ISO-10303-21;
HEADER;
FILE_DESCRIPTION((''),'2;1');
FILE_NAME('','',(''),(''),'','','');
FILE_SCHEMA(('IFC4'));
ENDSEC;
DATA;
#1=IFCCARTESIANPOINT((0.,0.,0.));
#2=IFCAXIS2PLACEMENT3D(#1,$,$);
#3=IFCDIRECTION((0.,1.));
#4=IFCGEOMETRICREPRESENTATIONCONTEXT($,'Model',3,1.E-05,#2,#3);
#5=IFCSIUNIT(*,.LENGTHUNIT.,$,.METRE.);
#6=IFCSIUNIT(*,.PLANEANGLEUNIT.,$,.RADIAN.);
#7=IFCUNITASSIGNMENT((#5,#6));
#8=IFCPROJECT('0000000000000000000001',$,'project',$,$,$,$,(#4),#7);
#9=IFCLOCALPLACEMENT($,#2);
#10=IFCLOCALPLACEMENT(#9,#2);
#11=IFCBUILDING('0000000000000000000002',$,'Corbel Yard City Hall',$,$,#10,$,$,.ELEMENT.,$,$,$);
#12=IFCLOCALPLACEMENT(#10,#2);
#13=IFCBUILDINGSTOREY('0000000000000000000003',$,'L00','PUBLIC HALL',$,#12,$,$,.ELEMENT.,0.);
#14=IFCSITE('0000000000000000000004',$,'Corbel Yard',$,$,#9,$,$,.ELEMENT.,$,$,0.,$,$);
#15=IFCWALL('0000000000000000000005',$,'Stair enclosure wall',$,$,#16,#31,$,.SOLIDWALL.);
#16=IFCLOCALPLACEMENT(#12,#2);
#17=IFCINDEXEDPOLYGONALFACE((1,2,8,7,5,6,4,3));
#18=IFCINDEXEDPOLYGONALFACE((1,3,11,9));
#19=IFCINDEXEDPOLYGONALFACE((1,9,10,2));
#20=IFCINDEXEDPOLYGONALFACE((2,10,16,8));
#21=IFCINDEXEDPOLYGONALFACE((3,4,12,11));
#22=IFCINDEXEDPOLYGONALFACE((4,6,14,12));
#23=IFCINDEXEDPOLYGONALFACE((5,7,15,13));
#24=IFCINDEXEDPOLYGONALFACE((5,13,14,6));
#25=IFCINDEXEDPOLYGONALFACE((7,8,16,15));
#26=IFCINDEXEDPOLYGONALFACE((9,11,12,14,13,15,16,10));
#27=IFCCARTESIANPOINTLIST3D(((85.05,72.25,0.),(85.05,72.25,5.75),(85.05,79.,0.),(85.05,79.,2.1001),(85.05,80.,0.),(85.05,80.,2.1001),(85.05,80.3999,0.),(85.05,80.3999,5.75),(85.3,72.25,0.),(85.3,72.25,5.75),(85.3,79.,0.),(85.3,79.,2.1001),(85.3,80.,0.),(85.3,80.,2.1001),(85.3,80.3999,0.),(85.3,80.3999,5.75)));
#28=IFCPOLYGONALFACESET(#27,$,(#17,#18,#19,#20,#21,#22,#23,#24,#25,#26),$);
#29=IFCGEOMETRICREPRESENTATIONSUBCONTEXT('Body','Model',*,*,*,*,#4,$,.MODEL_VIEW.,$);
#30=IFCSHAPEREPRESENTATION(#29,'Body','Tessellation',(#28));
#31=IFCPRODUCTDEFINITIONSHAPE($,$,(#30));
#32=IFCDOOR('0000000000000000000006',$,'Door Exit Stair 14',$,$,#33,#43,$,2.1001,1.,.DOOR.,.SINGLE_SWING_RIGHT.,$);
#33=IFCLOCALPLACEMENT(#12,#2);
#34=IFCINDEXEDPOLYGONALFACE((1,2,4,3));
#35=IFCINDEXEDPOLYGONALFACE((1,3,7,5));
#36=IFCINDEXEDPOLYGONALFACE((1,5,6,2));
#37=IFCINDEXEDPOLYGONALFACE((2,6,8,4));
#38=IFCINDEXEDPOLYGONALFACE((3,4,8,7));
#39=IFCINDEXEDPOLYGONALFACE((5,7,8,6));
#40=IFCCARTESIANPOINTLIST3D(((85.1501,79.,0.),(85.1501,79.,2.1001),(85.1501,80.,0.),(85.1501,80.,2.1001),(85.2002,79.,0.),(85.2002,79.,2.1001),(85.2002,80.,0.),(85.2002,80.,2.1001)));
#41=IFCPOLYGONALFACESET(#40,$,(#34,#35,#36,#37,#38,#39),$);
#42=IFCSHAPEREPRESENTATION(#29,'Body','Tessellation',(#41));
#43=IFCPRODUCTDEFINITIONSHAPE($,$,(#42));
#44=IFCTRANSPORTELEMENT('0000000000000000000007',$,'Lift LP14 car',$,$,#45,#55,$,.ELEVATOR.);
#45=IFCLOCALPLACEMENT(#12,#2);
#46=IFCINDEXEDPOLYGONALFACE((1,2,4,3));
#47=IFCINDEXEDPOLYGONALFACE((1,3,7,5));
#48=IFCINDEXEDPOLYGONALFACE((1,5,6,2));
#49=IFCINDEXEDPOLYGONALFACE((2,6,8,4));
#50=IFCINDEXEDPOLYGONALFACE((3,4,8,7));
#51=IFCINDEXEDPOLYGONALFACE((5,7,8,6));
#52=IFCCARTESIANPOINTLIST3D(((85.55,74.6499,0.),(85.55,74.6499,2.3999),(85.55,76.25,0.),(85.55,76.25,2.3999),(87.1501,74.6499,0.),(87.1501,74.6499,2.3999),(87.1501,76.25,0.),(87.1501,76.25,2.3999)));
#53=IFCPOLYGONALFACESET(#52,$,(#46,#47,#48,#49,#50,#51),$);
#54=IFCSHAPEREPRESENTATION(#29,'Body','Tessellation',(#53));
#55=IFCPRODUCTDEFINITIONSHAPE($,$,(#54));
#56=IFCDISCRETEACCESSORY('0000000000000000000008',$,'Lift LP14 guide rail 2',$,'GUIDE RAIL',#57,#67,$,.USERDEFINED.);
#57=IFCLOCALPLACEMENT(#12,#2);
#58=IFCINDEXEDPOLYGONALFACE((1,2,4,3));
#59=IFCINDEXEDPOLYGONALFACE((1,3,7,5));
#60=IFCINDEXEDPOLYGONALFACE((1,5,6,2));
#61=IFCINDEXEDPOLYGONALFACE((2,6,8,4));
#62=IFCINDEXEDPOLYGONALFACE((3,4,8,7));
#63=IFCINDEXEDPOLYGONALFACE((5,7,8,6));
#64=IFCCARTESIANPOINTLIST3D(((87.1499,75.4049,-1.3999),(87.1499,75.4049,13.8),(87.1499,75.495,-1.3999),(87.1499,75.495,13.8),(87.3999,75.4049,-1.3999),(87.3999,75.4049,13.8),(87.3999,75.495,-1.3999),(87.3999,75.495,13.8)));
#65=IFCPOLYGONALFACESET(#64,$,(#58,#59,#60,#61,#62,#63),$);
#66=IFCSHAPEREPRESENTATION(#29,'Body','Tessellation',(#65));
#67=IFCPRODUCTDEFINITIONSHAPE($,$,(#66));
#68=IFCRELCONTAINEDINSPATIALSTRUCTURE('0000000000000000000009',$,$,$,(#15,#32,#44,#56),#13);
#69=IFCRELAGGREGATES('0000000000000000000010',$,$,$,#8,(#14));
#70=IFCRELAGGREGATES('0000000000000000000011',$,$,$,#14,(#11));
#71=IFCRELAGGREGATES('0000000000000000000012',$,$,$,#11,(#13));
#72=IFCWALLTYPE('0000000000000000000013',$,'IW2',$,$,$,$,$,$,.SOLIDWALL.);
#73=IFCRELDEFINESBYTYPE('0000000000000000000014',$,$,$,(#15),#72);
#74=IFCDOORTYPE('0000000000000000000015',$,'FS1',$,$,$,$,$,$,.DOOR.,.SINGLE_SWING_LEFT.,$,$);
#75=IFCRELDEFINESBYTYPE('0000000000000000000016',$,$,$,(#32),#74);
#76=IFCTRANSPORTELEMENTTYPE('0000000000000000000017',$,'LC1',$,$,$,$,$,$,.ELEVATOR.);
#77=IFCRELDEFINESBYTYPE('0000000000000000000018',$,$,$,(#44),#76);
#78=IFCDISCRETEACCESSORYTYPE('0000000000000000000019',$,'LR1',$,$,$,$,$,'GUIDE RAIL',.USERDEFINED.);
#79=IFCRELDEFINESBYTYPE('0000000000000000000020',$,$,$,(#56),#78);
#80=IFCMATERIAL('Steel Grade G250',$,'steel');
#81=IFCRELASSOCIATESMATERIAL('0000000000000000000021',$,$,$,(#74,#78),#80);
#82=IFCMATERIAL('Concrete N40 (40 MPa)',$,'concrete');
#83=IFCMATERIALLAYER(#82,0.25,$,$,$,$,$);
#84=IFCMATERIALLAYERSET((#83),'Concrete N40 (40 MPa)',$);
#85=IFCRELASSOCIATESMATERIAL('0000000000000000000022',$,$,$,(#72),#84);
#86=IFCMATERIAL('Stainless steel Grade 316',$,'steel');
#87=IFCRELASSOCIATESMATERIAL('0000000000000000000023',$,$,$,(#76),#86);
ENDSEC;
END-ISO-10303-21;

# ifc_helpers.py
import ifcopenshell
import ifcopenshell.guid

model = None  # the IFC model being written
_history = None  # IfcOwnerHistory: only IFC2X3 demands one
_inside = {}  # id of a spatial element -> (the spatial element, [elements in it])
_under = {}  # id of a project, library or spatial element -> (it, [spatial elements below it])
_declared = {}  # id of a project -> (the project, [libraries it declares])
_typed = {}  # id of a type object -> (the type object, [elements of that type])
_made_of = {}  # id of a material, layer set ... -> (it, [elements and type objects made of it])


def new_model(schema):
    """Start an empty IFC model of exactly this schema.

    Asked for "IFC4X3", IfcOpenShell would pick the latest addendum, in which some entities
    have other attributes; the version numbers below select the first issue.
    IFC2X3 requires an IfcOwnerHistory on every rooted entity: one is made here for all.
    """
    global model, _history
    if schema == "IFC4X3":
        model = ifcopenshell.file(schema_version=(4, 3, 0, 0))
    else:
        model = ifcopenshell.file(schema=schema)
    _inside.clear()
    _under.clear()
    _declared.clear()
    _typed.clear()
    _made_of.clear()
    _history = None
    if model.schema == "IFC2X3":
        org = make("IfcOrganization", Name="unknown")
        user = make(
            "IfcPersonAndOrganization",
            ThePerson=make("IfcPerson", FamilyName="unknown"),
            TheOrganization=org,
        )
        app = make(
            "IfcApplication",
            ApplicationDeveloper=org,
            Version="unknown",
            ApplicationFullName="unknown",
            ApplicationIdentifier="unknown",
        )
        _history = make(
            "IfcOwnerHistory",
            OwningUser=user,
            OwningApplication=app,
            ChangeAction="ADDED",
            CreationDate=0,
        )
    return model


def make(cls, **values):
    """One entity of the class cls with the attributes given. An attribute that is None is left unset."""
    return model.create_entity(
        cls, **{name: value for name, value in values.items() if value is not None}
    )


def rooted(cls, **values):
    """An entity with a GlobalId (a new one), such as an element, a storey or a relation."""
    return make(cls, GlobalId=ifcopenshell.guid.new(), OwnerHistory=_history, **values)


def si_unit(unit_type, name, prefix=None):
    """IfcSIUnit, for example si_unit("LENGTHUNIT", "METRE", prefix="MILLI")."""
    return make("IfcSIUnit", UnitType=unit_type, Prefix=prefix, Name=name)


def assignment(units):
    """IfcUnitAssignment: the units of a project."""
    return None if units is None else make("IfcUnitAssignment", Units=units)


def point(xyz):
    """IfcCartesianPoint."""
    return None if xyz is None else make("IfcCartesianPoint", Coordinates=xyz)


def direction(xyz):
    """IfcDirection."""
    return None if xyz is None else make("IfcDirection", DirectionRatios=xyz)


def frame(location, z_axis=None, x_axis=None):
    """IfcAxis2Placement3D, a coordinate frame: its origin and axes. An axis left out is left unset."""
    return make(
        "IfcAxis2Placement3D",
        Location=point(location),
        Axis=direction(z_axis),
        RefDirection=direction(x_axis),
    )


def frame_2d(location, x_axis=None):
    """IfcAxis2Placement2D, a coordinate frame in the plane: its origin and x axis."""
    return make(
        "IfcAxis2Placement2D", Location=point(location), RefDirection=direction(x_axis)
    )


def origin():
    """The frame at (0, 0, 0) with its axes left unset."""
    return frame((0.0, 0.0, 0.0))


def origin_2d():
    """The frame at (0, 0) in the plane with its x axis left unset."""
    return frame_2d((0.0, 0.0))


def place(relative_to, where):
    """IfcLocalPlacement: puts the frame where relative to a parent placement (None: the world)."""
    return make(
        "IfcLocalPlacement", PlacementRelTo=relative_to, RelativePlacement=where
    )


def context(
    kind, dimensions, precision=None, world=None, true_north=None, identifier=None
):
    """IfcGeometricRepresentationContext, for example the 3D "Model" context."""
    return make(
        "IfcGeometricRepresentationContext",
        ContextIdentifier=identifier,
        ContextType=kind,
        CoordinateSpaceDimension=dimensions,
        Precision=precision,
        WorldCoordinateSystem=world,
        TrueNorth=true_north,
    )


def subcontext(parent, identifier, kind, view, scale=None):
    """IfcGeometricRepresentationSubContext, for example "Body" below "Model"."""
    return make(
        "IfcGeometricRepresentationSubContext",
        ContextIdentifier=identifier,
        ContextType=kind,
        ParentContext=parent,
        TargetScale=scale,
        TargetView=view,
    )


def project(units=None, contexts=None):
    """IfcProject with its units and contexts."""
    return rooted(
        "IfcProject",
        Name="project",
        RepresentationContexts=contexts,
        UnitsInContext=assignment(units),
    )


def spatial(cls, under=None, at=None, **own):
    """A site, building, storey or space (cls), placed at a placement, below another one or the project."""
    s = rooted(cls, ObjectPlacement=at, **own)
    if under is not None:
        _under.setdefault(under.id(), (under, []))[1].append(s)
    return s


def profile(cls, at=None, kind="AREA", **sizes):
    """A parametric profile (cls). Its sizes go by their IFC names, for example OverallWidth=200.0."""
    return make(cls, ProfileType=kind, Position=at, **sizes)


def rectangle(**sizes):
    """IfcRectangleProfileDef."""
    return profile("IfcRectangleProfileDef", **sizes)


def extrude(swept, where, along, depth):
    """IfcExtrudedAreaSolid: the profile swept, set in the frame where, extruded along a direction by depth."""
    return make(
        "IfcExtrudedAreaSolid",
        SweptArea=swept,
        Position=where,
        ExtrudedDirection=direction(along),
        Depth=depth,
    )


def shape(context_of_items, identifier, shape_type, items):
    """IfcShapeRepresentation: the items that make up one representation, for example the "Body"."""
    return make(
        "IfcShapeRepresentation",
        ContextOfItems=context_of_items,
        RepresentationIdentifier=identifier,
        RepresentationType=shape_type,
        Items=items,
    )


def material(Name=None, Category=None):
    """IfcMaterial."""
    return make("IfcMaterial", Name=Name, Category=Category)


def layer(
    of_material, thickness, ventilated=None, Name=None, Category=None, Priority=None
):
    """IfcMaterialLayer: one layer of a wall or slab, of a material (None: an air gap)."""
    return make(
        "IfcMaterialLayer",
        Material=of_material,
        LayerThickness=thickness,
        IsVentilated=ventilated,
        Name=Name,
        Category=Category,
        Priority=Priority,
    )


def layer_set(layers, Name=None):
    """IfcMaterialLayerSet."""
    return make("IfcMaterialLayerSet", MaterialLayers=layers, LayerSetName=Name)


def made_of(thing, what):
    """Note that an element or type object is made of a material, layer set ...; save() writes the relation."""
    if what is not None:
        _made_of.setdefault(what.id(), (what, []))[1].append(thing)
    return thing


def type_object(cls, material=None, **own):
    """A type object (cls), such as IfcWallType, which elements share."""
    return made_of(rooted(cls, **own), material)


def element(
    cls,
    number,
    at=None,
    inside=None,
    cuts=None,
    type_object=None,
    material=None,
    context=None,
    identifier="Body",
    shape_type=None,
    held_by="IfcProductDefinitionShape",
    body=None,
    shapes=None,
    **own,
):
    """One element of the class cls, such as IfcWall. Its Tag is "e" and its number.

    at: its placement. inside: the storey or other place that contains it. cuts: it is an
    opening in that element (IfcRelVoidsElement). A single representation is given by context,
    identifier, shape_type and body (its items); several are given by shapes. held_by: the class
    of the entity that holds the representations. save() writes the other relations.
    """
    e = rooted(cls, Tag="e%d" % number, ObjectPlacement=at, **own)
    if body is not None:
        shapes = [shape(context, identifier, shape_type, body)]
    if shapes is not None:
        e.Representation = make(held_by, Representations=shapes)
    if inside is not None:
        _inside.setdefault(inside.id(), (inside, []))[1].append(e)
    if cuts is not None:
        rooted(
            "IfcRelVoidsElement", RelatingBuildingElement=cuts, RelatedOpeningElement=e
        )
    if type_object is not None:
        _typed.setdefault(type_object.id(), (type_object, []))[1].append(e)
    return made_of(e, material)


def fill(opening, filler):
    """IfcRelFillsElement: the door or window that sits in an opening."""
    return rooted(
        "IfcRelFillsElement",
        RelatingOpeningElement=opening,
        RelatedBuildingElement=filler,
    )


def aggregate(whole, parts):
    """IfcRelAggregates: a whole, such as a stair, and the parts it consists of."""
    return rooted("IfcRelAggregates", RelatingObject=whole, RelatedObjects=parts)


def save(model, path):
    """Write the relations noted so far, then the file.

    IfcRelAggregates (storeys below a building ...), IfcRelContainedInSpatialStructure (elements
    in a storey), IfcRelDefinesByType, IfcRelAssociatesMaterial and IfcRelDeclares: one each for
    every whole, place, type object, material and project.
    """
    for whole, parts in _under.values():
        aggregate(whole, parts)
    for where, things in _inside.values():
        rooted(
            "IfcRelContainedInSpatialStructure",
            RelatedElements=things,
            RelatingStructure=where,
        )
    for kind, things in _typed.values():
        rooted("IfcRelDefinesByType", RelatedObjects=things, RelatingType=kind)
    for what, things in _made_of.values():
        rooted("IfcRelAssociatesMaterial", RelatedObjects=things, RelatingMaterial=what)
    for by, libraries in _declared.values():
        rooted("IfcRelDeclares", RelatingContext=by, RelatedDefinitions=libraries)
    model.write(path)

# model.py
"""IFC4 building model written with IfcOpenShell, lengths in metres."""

from ifc_helpers import new_model, si_unit, direction, frame, frame_2d, origin, origin_2d, place, context, subcontext, project, spatial, rectangle, extrude, material, layer, layer_set, type_object, element, fill, save


model = new_model("IFC4")

# Units and contexts
model_context = context("Model", 3, precision=1e-05, world=origin(), true_north=direction((0.0, 1.0)))
body_context = subcontext(model_context, "Body", "Model", "MODEL_VIEW")
ifc_project = project(units=[si_unit("LENGTHUNIT", "METRE"), si_unit("PLANEANGLEUNIT", "RADIAN")], contexts=[model_context])

# Site, building, storey
site_placement = place(None, origin())
site = spatial("IfcSite", under=ifc_project, at=site_placement, Name="Corbel Yard", CompositionType="ELEMENT", RefElevation=0.0)
building_placement = place(site_placement, origin())
building = spatial("IfcBuilding", under=site, at=building_placement, Name="Corbel Yard City Hall", CompositionType="ELEMENT")
storey_placement = place(building_placement, origin())
storey = spatial("IfcBuildingStorey", under=building, at=storey_placement, Name="L00", Description="PUBLIC HALL", CompositionType="ELEMENT", Elevation=0.0)

# Shared definitions
ifc_material_1 = material(Name="Concrete N40 (40 MPa)", Category="concrete")

# Wall, opening, door
ifc_material_2 = material(Name="Steel Grade G250", Category="steel")
door_type = type_object("IfcDoorType", Name="FS1", OperationType="SINGLE_SWING_LEFT", PredefinedType="DOOR", material=ifc_material_2)
ifc_layer_1 = layer(ifc_material_1, 0.25)
ifc_layer_set_1 = layer_set([ifc_layer_1], Name="Concrete N40 (40 MPa)")
wall_type_1 = type_object("IfcWallType", Name="IW2", PredefinedType="SOLIDWALL", material=ifc_layer_set_1)
wall_1_placement = place(storey_placement, frame((85.175, 80.3999, 0.0), z_axis=(0.0, 0.0, 1.0), x_axis=(0.0, -1.0, 0.0)))
wall_1 = element("IfcWall", 1, at=wall_1_placement, inside=storey, type_object=wall_type_1, Name="Stair enclosure wall", PredefinedType="SOLIDWALL", context=body_context, shape_type="SweptSolid", body=[
    extrude(rectangle(XDim=8.1499, YDim=0.25, at=frame_2d((4.075, 0.0))), origin(), (0.0, 0.0, 1.0), 5.75),
])
opening_1_placement = place(wall_1_placement, frame((0.3999, 0.0, 0.0)))
opening_1 = element("IfcOpeningElement", 2, at=opening_1_placement, cuts=wall_1, PredefinedType="OPENING", context=body_context, shape_type="SweptSolid", body=[
    extrude(rectangle(XDim=1.0, YDim=2.1001, at=frame_2d((0.5, 1.05))), frame((0.0, 0.135, 0.0), z_axis=(0.0, -1.0, 0.0), x_axis=(1.0, 0.0, 0.0)), (0.0, 0.0, 1.0), 0.27),
])
door_1_placement = place(opening_1_placement, frame((1.0, 0.0, 0.0), z_axis=(0.0, 0.0, 1.0), x_axis=(-1.0, 0.0, 0.0)))
door_1 = element("IfcDoor", 3, at=door_1_placement, inside=storey, type_object=door_type, Name="Door Exit Stair 14", OperationType="SINGLE_SWING_RIGHT", OverallHeight=2.1001, OverallWidth=1.0, PredefinedType="DOOR", context=body_context, shape_type="SweptSolid", body=[
    extrude(rectangle(XDim=1.0, YDim=2.1001, at=frame_2d((0.5, 1.05))), frame((0.0, 0.0249, 0.0), z_axis=(0.0, -1.0, 0.0), x_axis=(1.0, 0.0, 0.0)), (0.0, 0.0, 1.0), 0.05),
])
fill(opening_1, door_1)

# Transport element
ifc_material_3 = material(Name="Stainless steel Grade 316", Category="steel")
transport_element_type = type_object("IfcTransportElementType", Name="LC1", PredefinedType="ELEVATOR", material=ifc_material_3)
transport_element_placement = place(storey_placement, frame((86.3501, 75.45, 0.0), z_axis=(0.0, 0.0, 1.0), x_axis=(1.0, 0.0, 0.0)))
element("IfcTransportElement", 4, at=transport_element_placement, inside=storey, type_object=transport_element_type, Name="Lift LP14 car", PredefinedType="ELEVATOR", context=body_context, shape_type="SweptSolid", body=[
    extrude(rectangle(XDim=1.6001, YDim=1.6001, at=origin_2d()), origin(), (0.0, 0.0, 1.0), 2.3999),
])

# Discrete accessory
discrete_accessory_type = type_object("IfcDiscreteAccessoryType", Name="LR1", ElementType="GUIDE RAIL", PredefinedType="USERDEFINED", material=ifc_material_2)
discrete_accessory_placement = place(storey_placement, frame((87.2749, 75.45, -1.3999), z_axis=(0.0, 0.0, 1.0), x_axis=(1.0, 0.0, 0.0)))
element("IfcDiscreteAccessory", 5, at=discrete_accessory_placement, inside=storey, type_object=discrete_accessory_type, Name="Lift LP14 guide rail 2", ObjectType="GUIDE RAIL", PredefinedType="USERDEFINED", context=body_context, shape_type="SweptSolid", body=[
    extrude(rectangle(XDim=0.25, YDim=0.0901, at=origin_2d()), origin(), (0.0, 0.0, 1.0), 15.2),
])

save(model, "model.ifc")
